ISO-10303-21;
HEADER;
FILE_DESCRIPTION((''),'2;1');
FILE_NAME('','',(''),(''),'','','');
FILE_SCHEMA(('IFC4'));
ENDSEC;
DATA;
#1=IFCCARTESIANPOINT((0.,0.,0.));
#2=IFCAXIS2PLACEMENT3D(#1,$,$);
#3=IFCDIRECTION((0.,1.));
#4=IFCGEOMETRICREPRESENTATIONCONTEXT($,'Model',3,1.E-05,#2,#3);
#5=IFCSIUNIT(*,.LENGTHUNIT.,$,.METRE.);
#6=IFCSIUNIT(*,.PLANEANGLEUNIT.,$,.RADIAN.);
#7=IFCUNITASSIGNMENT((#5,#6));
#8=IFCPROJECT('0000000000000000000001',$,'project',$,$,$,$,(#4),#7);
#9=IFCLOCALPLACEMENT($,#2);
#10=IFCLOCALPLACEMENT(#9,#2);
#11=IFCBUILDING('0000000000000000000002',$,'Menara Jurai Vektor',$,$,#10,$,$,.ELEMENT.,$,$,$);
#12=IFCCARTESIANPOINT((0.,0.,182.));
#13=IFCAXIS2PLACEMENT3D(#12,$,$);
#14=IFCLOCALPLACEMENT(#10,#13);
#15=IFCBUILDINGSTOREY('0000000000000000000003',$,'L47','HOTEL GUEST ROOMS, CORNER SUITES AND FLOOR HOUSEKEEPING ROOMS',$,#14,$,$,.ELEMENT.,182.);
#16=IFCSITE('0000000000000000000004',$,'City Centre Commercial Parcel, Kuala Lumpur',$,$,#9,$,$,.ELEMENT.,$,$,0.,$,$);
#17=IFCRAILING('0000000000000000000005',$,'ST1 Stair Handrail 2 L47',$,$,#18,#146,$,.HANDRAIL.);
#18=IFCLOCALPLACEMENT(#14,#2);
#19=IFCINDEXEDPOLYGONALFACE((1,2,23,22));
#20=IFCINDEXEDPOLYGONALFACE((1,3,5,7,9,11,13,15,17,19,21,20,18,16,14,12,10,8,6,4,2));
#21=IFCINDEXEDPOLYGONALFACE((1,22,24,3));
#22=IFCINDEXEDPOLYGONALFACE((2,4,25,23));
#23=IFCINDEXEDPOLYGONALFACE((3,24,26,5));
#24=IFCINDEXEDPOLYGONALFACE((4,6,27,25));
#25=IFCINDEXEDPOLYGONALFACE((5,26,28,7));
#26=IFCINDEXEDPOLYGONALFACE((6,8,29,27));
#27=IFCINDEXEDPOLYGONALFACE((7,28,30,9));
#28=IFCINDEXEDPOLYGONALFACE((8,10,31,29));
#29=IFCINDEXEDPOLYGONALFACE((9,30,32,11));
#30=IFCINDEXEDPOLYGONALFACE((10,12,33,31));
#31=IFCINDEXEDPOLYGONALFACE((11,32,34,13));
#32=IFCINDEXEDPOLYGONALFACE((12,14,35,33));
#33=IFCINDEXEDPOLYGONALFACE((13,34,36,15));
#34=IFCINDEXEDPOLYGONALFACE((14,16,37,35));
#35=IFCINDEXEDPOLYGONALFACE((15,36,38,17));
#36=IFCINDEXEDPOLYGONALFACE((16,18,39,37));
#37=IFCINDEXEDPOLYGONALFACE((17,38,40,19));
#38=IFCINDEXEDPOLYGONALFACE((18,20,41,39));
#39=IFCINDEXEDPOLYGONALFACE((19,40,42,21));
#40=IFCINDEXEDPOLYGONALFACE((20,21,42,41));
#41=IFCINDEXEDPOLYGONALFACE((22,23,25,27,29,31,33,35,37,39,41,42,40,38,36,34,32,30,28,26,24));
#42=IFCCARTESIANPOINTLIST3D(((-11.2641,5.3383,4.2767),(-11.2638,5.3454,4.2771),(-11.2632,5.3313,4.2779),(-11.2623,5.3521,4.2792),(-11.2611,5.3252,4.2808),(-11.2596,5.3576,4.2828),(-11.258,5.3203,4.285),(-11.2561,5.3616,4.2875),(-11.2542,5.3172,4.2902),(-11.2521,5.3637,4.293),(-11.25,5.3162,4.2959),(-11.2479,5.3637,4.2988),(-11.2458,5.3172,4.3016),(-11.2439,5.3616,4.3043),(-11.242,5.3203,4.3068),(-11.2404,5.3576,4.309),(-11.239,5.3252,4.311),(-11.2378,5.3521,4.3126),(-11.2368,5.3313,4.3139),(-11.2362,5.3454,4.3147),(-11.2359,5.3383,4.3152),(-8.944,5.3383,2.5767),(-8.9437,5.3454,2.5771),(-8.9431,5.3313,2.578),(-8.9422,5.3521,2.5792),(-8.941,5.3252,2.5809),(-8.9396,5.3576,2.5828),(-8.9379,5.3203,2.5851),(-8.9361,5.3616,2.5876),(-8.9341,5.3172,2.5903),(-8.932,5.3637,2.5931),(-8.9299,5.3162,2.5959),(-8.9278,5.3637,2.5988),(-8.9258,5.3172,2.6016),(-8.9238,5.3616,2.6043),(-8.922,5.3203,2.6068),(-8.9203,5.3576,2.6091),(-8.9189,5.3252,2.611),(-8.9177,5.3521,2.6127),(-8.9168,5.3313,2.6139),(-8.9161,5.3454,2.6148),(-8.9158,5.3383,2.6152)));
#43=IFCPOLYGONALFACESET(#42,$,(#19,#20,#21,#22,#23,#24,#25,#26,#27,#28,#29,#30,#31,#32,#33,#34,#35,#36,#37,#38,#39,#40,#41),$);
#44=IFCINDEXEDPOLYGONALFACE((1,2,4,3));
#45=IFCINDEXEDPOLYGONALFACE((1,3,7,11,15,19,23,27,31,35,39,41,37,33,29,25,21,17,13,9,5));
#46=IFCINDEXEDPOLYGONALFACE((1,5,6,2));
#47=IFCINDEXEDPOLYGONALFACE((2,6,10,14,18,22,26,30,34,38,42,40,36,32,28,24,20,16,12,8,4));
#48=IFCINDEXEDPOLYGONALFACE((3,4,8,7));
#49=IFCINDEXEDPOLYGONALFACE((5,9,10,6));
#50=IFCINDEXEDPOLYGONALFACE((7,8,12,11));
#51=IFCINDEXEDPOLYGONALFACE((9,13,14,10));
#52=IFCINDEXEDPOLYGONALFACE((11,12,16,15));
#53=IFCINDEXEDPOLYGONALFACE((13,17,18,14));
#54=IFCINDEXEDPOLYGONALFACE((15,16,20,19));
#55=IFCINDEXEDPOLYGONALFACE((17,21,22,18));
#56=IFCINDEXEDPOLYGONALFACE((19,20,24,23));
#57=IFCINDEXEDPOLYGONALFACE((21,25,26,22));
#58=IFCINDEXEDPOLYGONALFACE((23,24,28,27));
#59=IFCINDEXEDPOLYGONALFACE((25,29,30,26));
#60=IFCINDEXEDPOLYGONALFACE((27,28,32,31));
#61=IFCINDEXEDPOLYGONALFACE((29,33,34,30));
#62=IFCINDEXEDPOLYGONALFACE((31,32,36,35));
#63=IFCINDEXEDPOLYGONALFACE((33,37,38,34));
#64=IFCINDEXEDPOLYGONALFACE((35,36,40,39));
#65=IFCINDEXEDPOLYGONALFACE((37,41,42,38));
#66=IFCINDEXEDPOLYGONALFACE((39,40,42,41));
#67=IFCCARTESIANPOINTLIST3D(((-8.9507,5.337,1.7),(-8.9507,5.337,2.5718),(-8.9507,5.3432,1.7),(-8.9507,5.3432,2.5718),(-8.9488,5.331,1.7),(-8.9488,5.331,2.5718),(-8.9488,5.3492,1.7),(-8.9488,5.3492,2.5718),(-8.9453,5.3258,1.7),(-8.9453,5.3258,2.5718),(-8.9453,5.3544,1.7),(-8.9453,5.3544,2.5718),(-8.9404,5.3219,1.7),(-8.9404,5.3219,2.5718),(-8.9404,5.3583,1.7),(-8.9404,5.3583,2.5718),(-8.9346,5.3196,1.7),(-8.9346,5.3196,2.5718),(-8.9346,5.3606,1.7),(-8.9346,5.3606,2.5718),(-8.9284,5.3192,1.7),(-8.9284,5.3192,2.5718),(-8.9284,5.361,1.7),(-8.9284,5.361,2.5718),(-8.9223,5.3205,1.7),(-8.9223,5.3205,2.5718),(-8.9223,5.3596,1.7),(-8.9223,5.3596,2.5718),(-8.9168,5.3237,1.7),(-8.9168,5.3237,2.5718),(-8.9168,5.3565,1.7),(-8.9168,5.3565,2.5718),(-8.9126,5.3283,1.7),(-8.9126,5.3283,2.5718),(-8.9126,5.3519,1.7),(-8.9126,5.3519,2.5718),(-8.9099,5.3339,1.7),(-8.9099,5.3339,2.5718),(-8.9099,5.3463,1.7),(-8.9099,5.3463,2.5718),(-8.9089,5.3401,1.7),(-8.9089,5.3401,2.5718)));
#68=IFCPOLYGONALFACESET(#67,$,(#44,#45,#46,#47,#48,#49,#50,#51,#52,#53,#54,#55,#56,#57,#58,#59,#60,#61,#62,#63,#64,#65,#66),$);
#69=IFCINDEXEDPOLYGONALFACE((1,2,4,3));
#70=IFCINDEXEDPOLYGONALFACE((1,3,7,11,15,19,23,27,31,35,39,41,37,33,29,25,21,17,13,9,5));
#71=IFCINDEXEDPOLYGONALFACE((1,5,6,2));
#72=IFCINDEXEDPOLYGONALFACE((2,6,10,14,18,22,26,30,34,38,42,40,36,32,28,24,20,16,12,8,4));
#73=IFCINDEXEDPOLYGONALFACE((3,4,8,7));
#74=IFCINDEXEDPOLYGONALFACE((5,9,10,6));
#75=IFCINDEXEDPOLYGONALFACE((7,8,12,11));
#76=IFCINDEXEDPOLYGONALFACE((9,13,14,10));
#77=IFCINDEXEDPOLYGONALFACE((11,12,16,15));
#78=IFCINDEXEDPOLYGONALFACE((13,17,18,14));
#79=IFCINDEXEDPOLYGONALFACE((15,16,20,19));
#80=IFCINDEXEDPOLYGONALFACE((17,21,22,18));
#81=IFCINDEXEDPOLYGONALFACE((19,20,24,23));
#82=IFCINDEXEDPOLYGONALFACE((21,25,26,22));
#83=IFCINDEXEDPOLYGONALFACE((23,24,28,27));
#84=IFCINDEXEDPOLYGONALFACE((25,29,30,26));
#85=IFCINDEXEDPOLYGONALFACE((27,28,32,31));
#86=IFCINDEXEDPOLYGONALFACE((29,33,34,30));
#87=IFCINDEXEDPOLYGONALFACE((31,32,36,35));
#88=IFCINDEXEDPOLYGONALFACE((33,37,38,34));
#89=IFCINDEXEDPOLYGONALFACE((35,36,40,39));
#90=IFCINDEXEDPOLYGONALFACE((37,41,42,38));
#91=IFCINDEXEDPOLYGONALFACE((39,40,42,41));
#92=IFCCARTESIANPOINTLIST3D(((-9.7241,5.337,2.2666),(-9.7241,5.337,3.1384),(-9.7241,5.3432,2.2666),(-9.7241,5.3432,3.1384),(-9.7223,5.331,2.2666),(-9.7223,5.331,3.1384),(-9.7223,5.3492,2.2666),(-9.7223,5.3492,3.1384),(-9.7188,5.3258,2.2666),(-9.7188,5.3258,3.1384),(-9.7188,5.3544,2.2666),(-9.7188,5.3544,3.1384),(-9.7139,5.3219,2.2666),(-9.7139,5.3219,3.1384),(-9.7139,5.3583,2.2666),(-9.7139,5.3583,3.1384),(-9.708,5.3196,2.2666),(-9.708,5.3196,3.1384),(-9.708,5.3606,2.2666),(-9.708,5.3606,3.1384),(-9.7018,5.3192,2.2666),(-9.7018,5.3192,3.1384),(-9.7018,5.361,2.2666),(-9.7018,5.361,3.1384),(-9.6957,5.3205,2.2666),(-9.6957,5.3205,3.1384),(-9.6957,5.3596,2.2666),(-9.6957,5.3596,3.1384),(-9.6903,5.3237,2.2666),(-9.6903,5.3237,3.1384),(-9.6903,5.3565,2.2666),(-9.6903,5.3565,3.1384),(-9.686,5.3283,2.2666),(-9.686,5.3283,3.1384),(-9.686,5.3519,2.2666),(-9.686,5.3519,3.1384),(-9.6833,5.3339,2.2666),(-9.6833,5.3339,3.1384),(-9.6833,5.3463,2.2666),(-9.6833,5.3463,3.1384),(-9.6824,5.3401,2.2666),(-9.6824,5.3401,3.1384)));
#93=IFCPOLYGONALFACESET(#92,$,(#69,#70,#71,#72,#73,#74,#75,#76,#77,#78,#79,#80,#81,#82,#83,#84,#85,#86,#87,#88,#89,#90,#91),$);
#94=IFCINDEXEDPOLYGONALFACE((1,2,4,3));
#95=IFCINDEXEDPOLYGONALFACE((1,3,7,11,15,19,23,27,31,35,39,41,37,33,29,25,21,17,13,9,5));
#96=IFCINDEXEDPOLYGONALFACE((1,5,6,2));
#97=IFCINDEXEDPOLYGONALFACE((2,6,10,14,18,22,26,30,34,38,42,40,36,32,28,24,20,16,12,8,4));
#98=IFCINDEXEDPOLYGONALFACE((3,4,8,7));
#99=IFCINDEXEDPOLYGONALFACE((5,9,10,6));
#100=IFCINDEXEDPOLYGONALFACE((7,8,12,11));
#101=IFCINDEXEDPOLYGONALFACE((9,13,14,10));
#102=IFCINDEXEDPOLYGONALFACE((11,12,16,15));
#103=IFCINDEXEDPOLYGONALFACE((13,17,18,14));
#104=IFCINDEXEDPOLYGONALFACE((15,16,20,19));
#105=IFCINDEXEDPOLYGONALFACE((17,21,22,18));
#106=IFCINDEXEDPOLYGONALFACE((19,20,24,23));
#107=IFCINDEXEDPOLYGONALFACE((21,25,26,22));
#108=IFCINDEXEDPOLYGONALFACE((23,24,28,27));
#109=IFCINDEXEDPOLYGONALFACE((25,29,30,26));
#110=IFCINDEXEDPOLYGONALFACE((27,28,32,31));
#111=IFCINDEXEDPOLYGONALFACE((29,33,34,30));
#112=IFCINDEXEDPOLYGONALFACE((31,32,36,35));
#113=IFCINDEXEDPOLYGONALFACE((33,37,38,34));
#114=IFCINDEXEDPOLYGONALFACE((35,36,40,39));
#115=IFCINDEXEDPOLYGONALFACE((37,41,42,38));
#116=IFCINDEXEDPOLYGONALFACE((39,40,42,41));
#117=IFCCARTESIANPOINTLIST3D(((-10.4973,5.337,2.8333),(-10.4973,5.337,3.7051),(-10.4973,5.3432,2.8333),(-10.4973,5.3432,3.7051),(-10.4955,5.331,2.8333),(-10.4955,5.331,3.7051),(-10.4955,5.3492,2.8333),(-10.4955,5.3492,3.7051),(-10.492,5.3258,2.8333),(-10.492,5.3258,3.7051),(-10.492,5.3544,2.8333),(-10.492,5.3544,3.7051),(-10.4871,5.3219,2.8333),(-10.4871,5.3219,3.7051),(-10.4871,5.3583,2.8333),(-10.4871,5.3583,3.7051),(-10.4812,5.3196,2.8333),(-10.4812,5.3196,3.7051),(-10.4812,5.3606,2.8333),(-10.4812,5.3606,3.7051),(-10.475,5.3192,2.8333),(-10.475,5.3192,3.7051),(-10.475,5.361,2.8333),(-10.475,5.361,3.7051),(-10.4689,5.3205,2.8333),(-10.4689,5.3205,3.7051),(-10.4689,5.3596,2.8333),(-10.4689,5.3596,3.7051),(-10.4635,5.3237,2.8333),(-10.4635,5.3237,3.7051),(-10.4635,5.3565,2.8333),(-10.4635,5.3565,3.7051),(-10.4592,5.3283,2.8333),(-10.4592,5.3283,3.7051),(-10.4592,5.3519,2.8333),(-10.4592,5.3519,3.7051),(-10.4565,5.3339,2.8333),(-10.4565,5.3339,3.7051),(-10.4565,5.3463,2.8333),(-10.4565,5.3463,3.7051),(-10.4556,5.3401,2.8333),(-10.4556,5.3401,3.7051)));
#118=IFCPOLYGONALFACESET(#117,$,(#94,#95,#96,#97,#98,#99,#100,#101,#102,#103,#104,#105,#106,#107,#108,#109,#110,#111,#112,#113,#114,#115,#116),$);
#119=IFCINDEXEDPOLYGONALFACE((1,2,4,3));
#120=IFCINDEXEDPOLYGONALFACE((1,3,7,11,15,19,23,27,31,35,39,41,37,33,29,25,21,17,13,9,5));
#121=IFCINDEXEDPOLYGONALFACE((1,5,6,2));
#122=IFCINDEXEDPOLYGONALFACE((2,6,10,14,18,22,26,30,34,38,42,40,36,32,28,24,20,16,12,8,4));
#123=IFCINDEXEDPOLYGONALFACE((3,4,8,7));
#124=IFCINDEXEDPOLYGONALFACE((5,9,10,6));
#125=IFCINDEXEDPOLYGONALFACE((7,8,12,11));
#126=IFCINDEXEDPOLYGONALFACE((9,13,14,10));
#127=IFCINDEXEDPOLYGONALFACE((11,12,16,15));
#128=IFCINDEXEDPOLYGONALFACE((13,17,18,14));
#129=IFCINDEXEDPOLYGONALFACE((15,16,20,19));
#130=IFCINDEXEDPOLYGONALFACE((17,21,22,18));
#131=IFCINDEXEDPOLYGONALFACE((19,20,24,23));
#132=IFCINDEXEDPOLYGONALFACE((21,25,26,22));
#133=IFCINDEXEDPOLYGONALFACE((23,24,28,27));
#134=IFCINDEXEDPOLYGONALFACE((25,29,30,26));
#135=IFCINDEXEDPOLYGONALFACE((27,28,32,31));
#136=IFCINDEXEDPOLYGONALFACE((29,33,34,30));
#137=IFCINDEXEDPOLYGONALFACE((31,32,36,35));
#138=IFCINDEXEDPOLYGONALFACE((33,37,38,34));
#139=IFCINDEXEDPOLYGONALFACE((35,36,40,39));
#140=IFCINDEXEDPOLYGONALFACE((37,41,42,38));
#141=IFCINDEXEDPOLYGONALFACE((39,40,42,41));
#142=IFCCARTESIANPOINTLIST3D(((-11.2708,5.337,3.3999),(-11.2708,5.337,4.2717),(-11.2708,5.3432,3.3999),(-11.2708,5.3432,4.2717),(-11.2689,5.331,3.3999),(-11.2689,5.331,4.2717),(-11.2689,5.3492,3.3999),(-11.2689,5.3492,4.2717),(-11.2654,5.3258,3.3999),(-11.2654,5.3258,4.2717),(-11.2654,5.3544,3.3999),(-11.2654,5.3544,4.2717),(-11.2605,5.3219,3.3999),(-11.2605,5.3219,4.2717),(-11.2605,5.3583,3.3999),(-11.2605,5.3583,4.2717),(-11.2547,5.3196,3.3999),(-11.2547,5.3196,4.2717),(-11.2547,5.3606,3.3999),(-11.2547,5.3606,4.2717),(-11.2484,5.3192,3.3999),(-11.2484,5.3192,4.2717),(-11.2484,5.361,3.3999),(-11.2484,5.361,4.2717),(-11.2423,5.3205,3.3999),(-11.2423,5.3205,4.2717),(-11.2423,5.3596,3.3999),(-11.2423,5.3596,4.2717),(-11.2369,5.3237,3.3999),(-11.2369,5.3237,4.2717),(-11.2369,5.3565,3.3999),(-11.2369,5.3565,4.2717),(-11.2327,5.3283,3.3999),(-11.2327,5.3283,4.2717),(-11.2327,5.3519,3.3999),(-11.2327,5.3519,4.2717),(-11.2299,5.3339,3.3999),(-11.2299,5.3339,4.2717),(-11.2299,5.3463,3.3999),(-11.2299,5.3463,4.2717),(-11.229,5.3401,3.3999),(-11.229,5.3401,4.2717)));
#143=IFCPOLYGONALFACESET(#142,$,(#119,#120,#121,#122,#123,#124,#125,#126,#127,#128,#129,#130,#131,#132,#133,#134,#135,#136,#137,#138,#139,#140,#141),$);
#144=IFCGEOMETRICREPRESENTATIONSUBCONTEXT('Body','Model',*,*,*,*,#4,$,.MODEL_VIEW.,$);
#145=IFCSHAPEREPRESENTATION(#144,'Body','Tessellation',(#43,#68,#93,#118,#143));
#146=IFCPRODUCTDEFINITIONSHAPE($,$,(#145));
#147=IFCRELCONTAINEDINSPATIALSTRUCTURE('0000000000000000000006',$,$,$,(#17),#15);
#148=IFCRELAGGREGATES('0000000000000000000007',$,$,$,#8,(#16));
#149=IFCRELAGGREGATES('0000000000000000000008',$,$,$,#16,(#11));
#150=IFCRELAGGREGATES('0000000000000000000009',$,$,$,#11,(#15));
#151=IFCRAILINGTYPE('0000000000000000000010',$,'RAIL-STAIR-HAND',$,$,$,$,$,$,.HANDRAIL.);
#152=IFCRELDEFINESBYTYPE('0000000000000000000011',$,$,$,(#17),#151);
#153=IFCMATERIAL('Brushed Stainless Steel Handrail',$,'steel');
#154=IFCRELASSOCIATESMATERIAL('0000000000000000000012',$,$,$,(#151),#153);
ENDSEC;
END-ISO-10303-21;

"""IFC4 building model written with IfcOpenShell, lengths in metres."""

from ifc_helpers import new_model, si_unit, direction, frame, origin, origin_2d, place, context, subcontext, project, spatial, circle, extrude, material, type_object, element, save


model = new_model("IFC4")

# Units and contexts
model_context = context("Model", 3, precision=1e-05, world=origin(), true_north=direction((0.0, 1.0)))
body_context = subcontext(model_context, "Body", "Model", "MODEL_VIEW")
ifc_project = project(units=[si_unit("LENGTHUNIT", "METRE"), si_unit("PLANEANGLEUNIT", "RADIAN")], contexts=[model_context])

# Site, building, storey
site_placement = place(None, origin())
site = spatial("IfcSite", under=ifc_project, at=site_placement, Name="City Centre Commercial Parcel, Kuala Lumpur", CompositionType="ELEMENT", RefElevation=0.0)
building_placement = place(site_placement, origin())
building = spatial("IfcBuilding", under=site, at=building_placement, Name="Menara Jurai Vektor", CompositionType="ELEMENT")
storey_placement = place(building_placement, frame((0.0, 0.0, 182.0)))
storey = spatial("IfcBuildingStorey", under=building, at=storey_placement, Name="L47", Description="HOTEL GUEST ROOMS, CORNER SUITES AND FLOOR HOUSEKEEPING ROOMS", CompositionType="ELEMENT", Elevation=182.0)

# Railing
ifc_material_1 = material(Name="Brushed Stainless Steel Handrail", Category="steel")
railing_type_1 = type_object("IfcRailingType", Name="RAIL-STAIR-HAND", PredefinedType="HANDRAIL", material=ifc_material_1)
railing_1_placement = place(storey_placement, frame((-8.9299, 5.3401, 1.7)))
element("IfcRailing", 1, at=railing_1_placement, inside=storey, type_object=railing_type_1, Name="ST1 Stair Handrail 2 L47", PredefinedType="HANDRAIL", context=body_context, shape_type="SweptSolid", body=[
    extrude(circle(Radius=0.0239, at=origin_2d()), frame((0.0, 0.0, 0.896), z_axis=(-0.806642, 0.0, 0.59104), x_axis=(0.0, -1.0, 0.0)), (0.0, 0.0, 1.0), 2.8762),
    extrude(circle(Radius=0.021, at=origin_2d()), origin(), (0.0, 0.0, 1.0), 0.8718),
    extrude(circle(Radius=0.021, at=origin_2d()), frame((-0.7734, 0.0, 0.5667)), (0.0, 0.0, 1.0), 0.8718),
    extrude(circle(Radius=0.021, at=origin_2d()), frame((-1.5466, 0.0, 1.1333)), (0.0, 0.0, 1.0), 0.8718),
    extrude(circle(Radius=0.021, at=origin_2d()), frame((-2.3201, 0.0, 1.7)), (0.0, 0.0, 1.0), 0.8718),
])

save(model, "model.ifc")
